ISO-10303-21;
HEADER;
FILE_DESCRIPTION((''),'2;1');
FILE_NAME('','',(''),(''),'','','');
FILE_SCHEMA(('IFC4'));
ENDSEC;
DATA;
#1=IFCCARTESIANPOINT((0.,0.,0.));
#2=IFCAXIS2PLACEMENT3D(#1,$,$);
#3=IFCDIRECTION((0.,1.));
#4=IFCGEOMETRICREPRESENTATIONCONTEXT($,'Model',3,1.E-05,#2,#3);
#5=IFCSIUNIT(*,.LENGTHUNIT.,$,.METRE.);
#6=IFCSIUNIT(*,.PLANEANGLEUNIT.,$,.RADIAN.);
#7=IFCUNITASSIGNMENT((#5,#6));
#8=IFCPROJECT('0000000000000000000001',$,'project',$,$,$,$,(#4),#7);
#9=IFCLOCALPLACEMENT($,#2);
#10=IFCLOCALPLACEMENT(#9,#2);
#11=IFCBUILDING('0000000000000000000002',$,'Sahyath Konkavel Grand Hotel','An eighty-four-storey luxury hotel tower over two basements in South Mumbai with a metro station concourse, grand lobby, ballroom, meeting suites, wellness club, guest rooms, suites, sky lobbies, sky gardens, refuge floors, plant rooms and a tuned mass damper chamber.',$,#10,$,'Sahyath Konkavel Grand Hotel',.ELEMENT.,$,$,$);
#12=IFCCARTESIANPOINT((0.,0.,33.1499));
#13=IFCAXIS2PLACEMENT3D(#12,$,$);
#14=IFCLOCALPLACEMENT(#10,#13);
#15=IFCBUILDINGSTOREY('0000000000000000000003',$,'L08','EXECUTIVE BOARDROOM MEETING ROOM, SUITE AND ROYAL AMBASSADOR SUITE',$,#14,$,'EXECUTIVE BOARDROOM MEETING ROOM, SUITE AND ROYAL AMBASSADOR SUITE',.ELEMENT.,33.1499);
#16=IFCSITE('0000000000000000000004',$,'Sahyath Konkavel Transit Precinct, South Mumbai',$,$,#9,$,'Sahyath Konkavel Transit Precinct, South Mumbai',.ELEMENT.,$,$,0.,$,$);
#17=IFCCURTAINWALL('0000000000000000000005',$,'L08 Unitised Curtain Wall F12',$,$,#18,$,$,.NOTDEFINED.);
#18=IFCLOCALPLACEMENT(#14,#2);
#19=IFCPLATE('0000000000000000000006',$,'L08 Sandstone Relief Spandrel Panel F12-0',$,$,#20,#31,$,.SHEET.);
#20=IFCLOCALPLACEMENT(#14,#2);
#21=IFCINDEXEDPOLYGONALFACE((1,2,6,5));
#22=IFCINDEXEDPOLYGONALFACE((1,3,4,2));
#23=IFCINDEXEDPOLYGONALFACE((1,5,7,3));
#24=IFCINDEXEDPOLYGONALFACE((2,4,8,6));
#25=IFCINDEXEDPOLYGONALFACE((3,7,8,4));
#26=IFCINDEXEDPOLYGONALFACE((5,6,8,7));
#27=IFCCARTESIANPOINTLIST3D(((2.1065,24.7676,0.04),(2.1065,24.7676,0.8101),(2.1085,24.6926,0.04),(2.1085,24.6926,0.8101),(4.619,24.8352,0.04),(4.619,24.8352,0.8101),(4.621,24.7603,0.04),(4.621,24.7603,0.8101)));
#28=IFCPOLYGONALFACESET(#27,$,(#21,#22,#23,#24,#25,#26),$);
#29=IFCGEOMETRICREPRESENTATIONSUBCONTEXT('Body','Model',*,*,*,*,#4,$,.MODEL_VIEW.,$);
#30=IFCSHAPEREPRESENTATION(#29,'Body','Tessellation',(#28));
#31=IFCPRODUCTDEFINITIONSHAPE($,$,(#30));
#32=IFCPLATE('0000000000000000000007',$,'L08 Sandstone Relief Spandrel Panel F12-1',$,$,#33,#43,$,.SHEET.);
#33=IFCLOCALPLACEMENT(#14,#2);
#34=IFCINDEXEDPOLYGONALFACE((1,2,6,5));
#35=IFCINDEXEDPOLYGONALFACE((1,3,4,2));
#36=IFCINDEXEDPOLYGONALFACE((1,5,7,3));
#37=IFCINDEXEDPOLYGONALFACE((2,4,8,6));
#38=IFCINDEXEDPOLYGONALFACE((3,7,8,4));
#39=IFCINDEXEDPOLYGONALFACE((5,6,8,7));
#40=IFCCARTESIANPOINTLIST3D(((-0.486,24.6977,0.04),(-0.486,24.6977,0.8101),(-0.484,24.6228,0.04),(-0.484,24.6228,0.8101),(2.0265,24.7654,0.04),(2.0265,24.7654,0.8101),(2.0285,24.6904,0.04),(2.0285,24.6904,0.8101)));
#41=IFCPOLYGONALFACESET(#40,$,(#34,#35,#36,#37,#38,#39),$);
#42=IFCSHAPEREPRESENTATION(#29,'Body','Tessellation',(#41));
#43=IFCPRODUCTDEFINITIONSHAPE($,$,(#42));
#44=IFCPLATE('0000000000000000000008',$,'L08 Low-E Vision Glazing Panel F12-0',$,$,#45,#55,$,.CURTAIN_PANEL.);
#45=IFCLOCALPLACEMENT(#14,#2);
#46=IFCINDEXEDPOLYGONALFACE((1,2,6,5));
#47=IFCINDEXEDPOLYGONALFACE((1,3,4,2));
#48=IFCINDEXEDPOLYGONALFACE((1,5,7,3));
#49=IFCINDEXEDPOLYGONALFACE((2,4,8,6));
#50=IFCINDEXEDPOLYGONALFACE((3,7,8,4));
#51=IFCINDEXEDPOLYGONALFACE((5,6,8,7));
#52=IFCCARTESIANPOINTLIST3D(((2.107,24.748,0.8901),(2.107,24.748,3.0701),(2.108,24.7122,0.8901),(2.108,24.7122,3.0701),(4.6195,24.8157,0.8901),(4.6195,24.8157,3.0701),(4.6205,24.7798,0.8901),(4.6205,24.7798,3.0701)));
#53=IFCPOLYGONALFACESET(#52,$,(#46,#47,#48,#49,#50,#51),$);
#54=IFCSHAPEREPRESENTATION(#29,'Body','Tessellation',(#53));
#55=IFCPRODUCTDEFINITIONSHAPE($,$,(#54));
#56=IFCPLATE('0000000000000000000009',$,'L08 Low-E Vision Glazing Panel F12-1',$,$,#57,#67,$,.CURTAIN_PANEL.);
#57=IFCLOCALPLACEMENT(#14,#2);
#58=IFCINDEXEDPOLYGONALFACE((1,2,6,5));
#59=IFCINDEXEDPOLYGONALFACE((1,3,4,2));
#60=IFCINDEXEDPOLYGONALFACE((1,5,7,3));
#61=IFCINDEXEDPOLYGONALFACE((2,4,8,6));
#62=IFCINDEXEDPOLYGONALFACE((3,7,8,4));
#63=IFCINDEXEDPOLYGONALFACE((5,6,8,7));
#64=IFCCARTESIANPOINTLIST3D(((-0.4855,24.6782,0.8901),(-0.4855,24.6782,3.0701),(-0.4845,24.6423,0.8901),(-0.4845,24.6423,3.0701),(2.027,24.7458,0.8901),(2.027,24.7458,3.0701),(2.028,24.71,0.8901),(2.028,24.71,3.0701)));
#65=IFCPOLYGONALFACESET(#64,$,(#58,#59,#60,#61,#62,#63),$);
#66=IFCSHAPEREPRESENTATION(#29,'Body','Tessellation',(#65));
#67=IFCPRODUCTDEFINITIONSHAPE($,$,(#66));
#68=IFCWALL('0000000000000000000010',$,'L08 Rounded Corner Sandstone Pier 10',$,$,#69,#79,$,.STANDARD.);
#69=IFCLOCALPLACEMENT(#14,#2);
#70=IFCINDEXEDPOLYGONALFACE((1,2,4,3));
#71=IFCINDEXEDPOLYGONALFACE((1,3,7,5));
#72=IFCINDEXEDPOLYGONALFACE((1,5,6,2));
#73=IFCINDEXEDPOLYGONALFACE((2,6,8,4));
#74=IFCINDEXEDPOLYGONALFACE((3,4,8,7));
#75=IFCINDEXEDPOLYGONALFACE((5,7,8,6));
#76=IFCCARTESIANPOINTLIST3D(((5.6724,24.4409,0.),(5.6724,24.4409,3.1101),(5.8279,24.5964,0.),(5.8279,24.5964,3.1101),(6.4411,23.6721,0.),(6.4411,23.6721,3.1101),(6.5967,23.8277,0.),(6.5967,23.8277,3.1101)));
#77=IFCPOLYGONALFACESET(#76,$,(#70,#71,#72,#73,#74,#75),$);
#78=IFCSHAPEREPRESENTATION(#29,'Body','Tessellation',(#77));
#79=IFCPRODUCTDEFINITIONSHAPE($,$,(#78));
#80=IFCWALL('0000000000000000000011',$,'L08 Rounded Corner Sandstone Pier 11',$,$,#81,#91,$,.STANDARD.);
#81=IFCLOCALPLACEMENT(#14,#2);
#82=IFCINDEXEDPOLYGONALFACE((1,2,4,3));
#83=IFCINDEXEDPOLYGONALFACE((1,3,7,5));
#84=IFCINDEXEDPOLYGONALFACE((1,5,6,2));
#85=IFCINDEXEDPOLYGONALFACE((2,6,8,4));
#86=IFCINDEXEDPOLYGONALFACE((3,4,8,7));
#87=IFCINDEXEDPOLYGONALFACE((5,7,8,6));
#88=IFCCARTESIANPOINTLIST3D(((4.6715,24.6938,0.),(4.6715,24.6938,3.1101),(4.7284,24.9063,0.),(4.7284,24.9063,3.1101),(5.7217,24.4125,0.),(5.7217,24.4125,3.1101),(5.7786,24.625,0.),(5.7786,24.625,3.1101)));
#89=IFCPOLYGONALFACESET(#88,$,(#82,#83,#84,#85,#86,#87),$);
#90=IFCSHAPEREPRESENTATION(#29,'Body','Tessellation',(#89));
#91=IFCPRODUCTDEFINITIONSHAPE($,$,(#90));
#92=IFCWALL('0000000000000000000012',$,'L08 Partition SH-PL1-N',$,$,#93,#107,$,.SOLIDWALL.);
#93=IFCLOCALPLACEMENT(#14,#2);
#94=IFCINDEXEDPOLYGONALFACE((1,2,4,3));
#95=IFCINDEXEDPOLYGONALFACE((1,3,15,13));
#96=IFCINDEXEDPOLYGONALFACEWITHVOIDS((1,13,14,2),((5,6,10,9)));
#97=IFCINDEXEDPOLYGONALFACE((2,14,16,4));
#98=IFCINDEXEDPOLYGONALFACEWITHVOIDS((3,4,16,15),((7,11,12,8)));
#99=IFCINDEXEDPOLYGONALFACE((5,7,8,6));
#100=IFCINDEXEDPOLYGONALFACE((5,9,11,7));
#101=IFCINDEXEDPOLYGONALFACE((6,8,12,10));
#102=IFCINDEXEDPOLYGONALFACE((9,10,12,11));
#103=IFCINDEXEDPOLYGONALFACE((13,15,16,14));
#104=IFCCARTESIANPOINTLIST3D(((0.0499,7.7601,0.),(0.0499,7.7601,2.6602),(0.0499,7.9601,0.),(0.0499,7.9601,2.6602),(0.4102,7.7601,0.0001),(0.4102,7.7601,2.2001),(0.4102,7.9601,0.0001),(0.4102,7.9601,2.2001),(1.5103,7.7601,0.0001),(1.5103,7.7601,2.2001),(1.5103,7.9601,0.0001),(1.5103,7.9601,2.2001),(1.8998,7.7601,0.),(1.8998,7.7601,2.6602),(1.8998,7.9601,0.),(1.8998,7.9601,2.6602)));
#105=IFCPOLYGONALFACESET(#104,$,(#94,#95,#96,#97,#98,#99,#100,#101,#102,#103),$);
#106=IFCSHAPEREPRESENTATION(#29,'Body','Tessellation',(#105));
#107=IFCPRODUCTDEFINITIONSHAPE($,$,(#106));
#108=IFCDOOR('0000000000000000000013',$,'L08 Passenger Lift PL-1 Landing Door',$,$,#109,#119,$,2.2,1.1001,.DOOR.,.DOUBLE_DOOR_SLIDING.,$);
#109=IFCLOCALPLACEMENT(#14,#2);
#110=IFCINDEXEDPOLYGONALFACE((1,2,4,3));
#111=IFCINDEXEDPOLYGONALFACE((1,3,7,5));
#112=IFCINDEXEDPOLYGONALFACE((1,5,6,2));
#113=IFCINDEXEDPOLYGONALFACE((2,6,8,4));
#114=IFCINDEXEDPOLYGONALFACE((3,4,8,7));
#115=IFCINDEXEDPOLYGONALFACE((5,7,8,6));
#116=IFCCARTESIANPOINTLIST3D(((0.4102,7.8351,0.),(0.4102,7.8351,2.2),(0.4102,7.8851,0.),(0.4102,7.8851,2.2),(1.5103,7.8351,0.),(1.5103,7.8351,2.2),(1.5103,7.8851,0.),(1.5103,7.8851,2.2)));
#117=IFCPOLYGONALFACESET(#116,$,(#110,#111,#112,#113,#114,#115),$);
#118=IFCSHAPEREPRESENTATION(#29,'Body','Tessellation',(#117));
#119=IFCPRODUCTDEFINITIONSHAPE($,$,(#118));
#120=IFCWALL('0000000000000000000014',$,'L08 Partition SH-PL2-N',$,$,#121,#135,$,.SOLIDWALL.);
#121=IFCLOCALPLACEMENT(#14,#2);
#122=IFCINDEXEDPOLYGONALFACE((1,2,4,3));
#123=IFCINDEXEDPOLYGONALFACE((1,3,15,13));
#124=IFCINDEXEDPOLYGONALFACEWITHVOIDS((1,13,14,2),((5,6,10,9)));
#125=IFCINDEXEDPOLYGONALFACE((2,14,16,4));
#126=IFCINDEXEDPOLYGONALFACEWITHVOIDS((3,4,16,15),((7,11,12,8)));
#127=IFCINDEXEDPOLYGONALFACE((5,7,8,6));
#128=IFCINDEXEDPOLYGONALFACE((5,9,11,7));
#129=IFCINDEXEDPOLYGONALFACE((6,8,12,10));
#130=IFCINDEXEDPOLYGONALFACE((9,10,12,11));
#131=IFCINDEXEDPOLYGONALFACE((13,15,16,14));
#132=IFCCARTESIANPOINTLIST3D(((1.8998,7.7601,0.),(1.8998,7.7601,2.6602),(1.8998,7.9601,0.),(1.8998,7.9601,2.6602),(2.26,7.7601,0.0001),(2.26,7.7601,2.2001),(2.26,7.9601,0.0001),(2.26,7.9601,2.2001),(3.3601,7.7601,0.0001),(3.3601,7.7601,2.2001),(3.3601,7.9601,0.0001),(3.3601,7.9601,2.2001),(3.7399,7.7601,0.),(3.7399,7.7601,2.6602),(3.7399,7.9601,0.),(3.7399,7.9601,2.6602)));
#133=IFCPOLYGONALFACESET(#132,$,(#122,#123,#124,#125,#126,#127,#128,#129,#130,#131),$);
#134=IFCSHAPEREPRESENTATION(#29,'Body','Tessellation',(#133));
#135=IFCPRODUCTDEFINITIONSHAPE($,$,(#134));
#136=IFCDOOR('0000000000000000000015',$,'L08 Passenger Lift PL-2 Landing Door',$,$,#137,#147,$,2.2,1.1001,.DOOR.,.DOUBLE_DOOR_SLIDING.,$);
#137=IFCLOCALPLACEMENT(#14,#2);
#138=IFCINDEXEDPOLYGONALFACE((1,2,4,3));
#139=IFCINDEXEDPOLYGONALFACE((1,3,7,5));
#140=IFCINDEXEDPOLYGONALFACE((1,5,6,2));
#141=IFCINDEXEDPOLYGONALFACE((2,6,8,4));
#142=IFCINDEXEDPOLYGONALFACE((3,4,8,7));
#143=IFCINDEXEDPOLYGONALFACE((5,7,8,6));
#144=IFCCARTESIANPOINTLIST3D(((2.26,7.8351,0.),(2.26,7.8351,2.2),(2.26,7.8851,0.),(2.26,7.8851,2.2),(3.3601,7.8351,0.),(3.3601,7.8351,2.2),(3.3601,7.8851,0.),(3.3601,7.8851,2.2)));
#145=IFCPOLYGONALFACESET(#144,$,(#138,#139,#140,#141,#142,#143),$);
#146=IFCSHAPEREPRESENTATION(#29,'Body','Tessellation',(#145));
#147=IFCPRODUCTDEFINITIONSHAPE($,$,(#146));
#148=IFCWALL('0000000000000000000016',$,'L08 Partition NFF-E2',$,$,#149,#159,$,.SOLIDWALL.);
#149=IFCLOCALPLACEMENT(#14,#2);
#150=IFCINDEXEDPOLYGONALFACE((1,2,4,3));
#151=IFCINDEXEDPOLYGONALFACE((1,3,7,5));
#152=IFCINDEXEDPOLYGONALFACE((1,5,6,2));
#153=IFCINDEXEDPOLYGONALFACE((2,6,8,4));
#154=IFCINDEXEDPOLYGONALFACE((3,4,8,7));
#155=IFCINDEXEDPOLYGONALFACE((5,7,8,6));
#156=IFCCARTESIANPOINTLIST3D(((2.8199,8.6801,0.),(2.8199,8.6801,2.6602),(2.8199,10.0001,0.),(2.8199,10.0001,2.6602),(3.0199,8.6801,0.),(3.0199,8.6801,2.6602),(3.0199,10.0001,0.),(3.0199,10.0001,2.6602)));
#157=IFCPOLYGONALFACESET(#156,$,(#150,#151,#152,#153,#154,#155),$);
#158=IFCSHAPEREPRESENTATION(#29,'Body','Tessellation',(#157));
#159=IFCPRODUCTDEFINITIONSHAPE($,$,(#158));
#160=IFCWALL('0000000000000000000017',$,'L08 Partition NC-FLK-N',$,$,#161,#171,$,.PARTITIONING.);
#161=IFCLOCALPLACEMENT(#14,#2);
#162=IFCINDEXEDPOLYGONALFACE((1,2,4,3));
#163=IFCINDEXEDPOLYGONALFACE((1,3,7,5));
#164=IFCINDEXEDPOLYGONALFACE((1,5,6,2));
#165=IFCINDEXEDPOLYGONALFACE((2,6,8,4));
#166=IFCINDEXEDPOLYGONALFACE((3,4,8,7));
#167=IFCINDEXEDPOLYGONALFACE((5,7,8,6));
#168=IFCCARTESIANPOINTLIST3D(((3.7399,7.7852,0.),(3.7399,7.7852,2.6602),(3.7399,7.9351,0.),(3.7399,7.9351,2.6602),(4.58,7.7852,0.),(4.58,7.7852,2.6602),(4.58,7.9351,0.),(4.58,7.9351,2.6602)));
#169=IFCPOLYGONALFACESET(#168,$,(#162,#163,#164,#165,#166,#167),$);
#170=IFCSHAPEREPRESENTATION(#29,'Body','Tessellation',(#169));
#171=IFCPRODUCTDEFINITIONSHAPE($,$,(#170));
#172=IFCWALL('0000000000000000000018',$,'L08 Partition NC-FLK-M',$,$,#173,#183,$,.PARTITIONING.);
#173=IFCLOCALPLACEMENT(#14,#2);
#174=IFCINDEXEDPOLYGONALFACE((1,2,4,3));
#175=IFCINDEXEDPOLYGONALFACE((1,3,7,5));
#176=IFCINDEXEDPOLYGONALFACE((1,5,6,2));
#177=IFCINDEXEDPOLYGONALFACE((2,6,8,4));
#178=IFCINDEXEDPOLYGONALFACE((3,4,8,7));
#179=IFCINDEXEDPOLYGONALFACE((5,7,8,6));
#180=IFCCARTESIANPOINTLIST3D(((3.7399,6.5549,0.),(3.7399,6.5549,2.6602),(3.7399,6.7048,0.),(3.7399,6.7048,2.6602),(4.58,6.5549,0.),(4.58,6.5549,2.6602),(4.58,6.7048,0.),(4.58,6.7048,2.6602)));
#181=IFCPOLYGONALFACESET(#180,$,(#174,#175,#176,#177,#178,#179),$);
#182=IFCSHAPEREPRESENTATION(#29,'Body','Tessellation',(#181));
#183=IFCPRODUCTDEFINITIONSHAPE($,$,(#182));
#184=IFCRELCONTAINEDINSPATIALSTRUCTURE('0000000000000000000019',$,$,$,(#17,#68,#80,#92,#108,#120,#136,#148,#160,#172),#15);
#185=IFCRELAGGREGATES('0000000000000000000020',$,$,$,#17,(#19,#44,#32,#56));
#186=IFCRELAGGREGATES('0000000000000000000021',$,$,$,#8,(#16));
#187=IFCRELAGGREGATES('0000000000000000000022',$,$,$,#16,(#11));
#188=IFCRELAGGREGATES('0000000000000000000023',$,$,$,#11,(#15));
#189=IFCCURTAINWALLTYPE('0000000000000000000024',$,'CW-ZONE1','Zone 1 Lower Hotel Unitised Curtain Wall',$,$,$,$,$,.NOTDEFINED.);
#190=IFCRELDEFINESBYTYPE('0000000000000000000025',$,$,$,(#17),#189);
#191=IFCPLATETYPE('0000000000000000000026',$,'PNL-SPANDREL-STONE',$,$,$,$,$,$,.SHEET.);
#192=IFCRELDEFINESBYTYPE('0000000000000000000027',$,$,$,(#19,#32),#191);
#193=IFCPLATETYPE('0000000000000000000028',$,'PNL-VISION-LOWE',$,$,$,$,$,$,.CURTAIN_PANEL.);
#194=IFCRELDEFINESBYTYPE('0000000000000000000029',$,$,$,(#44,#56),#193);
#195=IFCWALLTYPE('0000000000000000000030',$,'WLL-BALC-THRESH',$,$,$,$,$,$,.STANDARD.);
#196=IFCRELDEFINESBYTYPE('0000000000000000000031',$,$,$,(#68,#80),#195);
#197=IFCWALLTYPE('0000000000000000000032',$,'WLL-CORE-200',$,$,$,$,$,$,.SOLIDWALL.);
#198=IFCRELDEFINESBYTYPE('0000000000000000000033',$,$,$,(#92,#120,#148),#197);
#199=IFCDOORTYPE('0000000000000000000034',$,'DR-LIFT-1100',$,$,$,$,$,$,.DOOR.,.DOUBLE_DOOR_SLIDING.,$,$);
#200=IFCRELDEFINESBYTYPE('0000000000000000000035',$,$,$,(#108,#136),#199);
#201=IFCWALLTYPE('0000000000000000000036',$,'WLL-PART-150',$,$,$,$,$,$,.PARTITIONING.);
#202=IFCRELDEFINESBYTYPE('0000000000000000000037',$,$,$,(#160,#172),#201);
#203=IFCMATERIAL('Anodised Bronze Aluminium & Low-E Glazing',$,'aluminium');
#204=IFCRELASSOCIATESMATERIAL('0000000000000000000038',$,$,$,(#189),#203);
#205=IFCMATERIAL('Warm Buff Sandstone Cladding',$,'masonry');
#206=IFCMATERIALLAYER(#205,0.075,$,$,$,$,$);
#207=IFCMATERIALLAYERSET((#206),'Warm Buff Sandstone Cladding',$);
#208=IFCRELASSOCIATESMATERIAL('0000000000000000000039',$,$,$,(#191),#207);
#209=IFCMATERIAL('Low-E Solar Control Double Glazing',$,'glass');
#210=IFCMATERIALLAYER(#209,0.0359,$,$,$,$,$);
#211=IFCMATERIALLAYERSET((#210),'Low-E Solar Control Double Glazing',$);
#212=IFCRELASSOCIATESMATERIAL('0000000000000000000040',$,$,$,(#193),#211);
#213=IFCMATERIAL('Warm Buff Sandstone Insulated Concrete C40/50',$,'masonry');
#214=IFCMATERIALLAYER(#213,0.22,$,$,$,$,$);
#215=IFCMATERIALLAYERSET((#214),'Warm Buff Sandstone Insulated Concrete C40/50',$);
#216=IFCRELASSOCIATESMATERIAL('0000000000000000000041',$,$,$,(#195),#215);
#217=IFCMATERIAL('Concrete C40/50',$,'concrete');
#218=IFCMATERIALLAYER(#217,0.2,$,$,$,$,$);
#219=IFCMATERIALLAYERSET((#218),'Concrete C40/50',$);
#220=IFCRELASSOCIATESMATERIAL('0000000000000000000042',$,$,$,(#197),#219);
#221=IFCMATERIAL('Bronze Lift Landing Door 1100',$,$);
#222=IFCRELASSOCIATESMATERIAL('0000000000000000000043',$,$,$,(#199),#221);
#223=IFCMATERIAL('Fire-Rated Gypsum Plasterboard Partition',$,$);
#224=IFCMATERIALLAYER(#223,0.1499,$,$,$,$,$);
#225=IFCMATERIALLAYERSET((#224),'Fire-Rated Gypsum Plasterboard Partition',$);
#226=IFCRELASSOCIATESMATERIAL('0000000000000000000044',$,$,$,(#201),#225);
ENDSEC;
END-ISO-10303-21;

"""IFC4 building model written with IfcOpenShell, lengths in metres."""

from ifc_helpers import new_model, si_unit, direction, frame, frame_2d, origin, origin_2d, place, context, subcontext, project, spatial, rectangle, extrude, source, transform, mapped, material, layer, layer_set, type_object, element, fill, aggregate, save


model = new_model("IFC4")

# Units and contexts
model_context = context("Model", 3, precision=1e-05, world=origin(), true_north=direction((0.0, 1.0)))
body_context = subcontext(model_context, "Body", "Model", "MODEL_VIEW")
ifc_project = project(units=[si_unit("LENGTHUNIT", "METRE"), si_unit("PLANEANGLEUNIT", "RADIAN")], contexts=[model_context])

# Site, building, storey
site_placement = place(None, origin())
site = spatial("IfcSite", under=ifc_project, at=site_placement, Name="Sahyath Konkavel Transit Precinct, South Mumbai", LongName="Sahyath Konkavel Transit Precinct, South Mumbai", CompositionType="ELEMENT", RefElevation=0.0)
building_placement = place(site_placement, origin())
building = spatial("IfcBuilding", under=site, at=building_placement, Name="Sahyath Konkavel Grand Hotel", Description="An eighty-four-storey luxury hotel tower over two basements in South Mumbai with a metro station concourse, grand lobby, ballroom, meeting suites, wellness club, guest rooms, suites, sky lobbies, sky gardens, refuge floors, plant rooms and a tuned mass damper chamber.", LongName="Sahyath Konkavel Grand Hotel", CompositionType="ELEMENT")
storey_placement = place(building_placement, frame((0.0, 0.0, 33.1499)))
storey = spatial("IfcBuildingStorey", under=building, at=storey_placement, Name="L08", Description="EXECUTIVE BOARDROOM MEETING ROOM, SUITE AND ROYAL AMBASSADOR SUITE", LongName="EXECUTIVE BOARDROOM MEETING ROOM, SUITE AND ROYAL AMBASSADOR SUITE", CompositionType="ELEMENT", Elevation=33.1499)

# Curtain wall, plates
ifc_material_1 = material(Name="Anodised Bronze Aluminium & Low-E Glazing", Category="aluminium")
curtain_wall_type = type_object("IfcCurtainWallType", Name="CW-ZONE1", Description="Zone 1 Lower Hotel Unitised Curtain Wall", PredefinedType="NOTDEFINED", material=ifc_material_1)
curtain_wall_placement = place(storey_placement, origin())
curtain_wall = element("IfcCurtainWall", 1, at=curtain_wall_placement, inside=storey, type_object=curtain_wall_type, Name="L08 Unitised Curtain Wall F12", PredefinedType="NOTDEFINED")
ifc_material_2 = material(Name="Warm Buff Sandstone Cladding", Category="masonry")
ifc_layer_1 = layer(ifc_material_2, 0.075)
ifc_layer_set_1 = layer_set([ifc_layer_1], Name="Warm Buff Sandstone Cladding")
plate_type_1 = type_object("IfcPlateType", Name="PNL-SPANDREL-STONE", PredefinedType="SHEET", material=ifc_layer_set_1)
shared_shape_1 = source(origin(), body_context, "Body", "SweptSolid", [
    extrude(rectangle(XDim=2.5134, YDim=0.075, at=origin_2d()), origin(), (0.0, 0.0, 1.0), 0.77),
])
plate_1_placement = place(storey_placement, frame((3.3638, 24.7639, 0.04), z_axis=(0.0, 0.0, 1.0), x_axis=(-0.999638, -0.02691, 0.0)))
plate_1 = element("IfcPlate", 2, at=plate_1_placement, type_object=plate_type_1, Name="L08 Sandstone Relief Spandrel Panel F12-0", PredefinedType="SHEET", context=body_context, shape_type="MappedRepresentation", body=[
    mapped(shared_shape_1, transform((0.0, 0.0, 0.0), scale=1.0)),
])
plate_2_placement = place(storey_placement, frame((0.7712, 24.6941, 0.04), z_axis=(0.0, 0.0, 1.0), x_axis=(-0.999638, -0.02691, 0.0)))
plate_2 = element("IfcPlate", 3, at=plate_2_placement, type_object=plate_type_1, Name="L08 Sandstone Relief Spandrel Panel F12-1", PredefinedType="SHEET", context=body_context, shape_type="MappedRepresentation", body=[
    mapped(shared_shape_1, transform((0.0, 0.0, 0.0), scale=1.0)),
])
ifc_material_3 = material(Name="Low-E Solar Control Double Glazing", Category="glass")
ifc_layer_2 = layer(ifc_material_3, 0.0359)
ifc_layer_set_2 = layer_set([ifc_layer_2], Name="Low-E Solar Control Double Glazing")
plate_type_2 = type_object("IfcPlateType", Name="PNL-VISION-LOWE", PredefinedType="CURTAIN_PANEL", material=ifc_layer_set_2)
shared_shape_2 = source(origin(), body_context, "Body", "SweptSolid", [
    extrude(rectangle(XDim=2.5134, YDim=0.0359, at=origin_2d()), origin(), (0.0, 0.0, 1.0), 2.1799),
])
plate_3_placement = place(storey_placement, frame((3.3638, 24.7639, 0.8901), z_axis=(0.0, 0.0, 1.0), x_axis=(-0.999638, -0.02691, 0.0)))
plate_3 = element("IfcPlate", 4, at=plate_3_placement, type_object=plate_type_2, Name="L08 Low-E Vision Glazing Panel F12-0", PredefinedType="CURTAIN_PANEL", context=body_context, shape_type="MappedRepresentation", body=[
    mapped(shared_shape_2, transform((0.0, 0.0, 0.0), scale=1.0)),
])
plate_4_placement = place(storey_placement, frame((0.7712, 24.6941, 0.8901), z_axis=(0.0, 0.0, 1.0), x_axis=(-0.999638, -0.02691, 0.0)))
plate_4 = element("IfcPlate", 5, at=plate_4_placement, type_object=plate_type_2, Name="L08 Low-E Vision Glazing Panel F12-1", PredefinedType="CURTAIN_PANEL", context=body_context, shape_type="MappedRepresentation", body=[
    mapped(shared_shape_2, transform((0.0, 0.0, 0.0), scale=1.0)),
])
aggregate(curtain_wall, [plate_1, plate_3, plate_2, plate_4])

# Walls
ifc_material_4 = material(Name="Warm Buff Sandstone Insulated Concrete C40/50", Category="masonry")
ifc_layer_3 = layer(ifc_material_4, 0.22)
ifc_layer_set_3 = layer_set([ifc_layer_3], Name="Warm Buff Sandstone Insulated Concrete C40/50")
wall_type_1 = type_object("IfcWallType", Name="WLL-BALC-THRESH", PredefinedType="STANDARD", material=ifc_layer_set_3)
for number, where, z_axis, x_axis, name in (
    (6, (6.5188, 23.75, 0.0), (0.0, 0.0, 1.0), (-0.707107, 0.707107, 0.0), "L08 Rounded Corner Sandstone Pier 10"),
    (7, (5.75, 24.5188, 0.0), (0.0, 0.0, 1.0), (-0.965951, 0.258725, 0.0), "L08 Rounded Corner Sandstone Pier 11"),
):
    element("IfcWall", number, at=place(storey_placement, frame(where, z_axis=z_axis, x_axis=x_axis)), inside=storey, type_object=wall_type_1, Name=name, PredefinedType="STANDARD", context=body_context, shape_type="SweptSolid", body=[
        extrude(rectangle(XDim=1.0872, YDim=0.22, at=frame_2d((0.5435, 0.0))), origin(), (0.0, 0.0, 1.0), 3.1101),
    ])

# Walls, openings, doors
ifc_material_5 = material(Name="Concrete C40/50", Category="concrete")
ifc_layer_4 = layer(ifc_material_5, 0.2)
ifc_layer_set_4 = layer_set([ifc_layer_4], Name="Concrete C40/50")
wall_type_2 = type_object("IfcWallType", Name="WLL-CORE-200", PredefinedType="SOLIDWALL", material=ifc_layer_set_4)
wall_1_placement = place(storey_placement, frame((0.05, 7.8601, 0.0), z_axis=(0.0, 0.0, 1.0), x_axis=(1.0, 0.0, 0.0)))
wall_1 = element("IfcWall", 8, at=wall_1_placement, inside=storey, type_object=wall_type_2, Name="L08 Partition SH-PL1-N", PredefinedType="SOLIDWALL", context=body_context, shape_type="SweptSolid", body=[
    extrude(rectangle(XDim=1.8499, YDim=0.2, at=frame_2d((0.9248, 0.0))), origin(), (0.0, 0.0, 1.0), 2.6602),
])
opening_1_placement = place(wall_1_placement, frame((0.3601, 0.0, 0.0)))
opening_1 = element("IfcOpeningElement", 9, at=opening_1_placement, cuts=wall_1, PredefinedType="OPENING", context=body_context, shape_type="SweptSolid", body=[
    extrude(rectangle(XDim=1.1001, YDim=2.2, at=frame_2d((0.55, 1.1001))), frame((0.0, 0.1099, 0.0), z_axis=(0.0, -1.0, 0.0), x_axis=(1.0, 0.0, 0.0)), (0.0, 0.0, 1.0), 0.22),
])
ifc_material_6 = material(Name="Bronze Lift Landing Door 1100")
door_type_1 = type_object("IfcDoorType", Name="DR-LIFT-1100", OperationType="DOUBLE_DOOR_SLIDING", PredefinedType="DOOR", material=ifc_material_6)
shared_shape_3 = source(origin(), body_context, "Body", "SweptSolid", [
    extrude(rectangle(XDim=1.1001, YDim=0.05, at=origin_2d()), origin(), (0.0, 0.0, 1.0), 2.2),
])
door_1_placement = place(opening_1_placement, frame((0.55, 0.0, 0.0)))
door_1 = element("IfcDoor", 10, at=door_1_placement, inside=storey, type_object=door_type_1, Name="L08 Passenger Lift PL-1 Landing Door", OperationType="DOUBLE_DOOR_SLIDING", OverallHeight=2.2, OverallWidth=1.1001, PredefinedType="DOOR", context=body_context, shape_type="MappedRepresentation", body=[
    mapped(shared_shape_3, transform((0.0, 0.0, 0.0), scale=1.0)),
])
fill(opening_1, door_1)
wall_2_placement = place(storey_placement, frame((1.8999, 7.8601, 0.0), z_axis=(0.0, 0.0, 1.0), x_axis=(1.0, 0.0, 0.0)))
wall_2 = element("IfcWall", 11, at=wall_2_placement, inside=storey, type_object=wall_type_2, Name="L08 Partition SH-PL2-N", PredefinedType="SOLIDWALL", context=body_context, shape_type="SweptSolid", body=[
    extrude(rectangle(XDim=1.8401, YDim=0.2, at=frame_2d((0.9199, 0.0))), origin(), (0.0, 0.0, 1.0), 2.6602),
])
opening_2_placement = place(wall_2_placement, frame((0.3601, 0.0, 0.0)))
opening_2 = element("IfcOpeningElement", 12, at=opening_2_placement, cuts=wall_2, PredefinedType="OPENING", context=body_context, shape_type="SweptSolid", body=[
    extrude(rectangle(XDim=1.1001, YDim=2.2, at=frame_2d((0.55, 1.1001))), frame((0.0, 0.1099, 0.0), z_axis=(0.0, -1.0, 0.0), x_axis=(1.0, 0.0, 0.0)), (0.0, 0.0, 1.0), 0.22),
])
door_2_placement = place(opening_2_placement, frame((0.55, 0.0, 0.0)))
door_2 = element("IfcDoor", 13, at=door_2_placement, inside=storey, type_object=door_type_1, Name="L08 Passenger Lift PL-2 Landing Door", OperationType="DOUBLE_DOOR_SLIDING", OverallHeight=2.2, OverallWidth=1.1001, PredefinedType="DOOR", context=body_context, shape_type="MappedRepresentation", body=[
    mapped(shared_shape_3, transform((0.0, 0.0, 0.0), scale=1.0)),
])
fill(opening_2, door_2)

# Walls
wall_3_placement = place(storey_placement, frame((2.9199, 8.6799, 0.0), z_axis=(0.0, 0.0, 1.0), x_axis=(0.0, 1.0, 0.0)))
element("IfcWall", 14, at=wall_3_placement, inside=storey, type_object=wall_type_2, Name="L08 Partition NFF-E2", PredefinedType="SOLIDWALL", context=body_context, shape_type="SweptSolid", body=[
    extrude(rectangle(XDim=1.3201, YDim=0.2, at=frame_2d((0.6602, 0.0))), origin(), (0.0, 0.0, 1.0), 2.6602),
])
ifc_material_7 = material(Name="Fire-Rated Gypsum Plasterboard Partition")
ifc_layer_5 = layer(ifc_material_7, 0.1499)
ifc_layer_set_5 = layer_set([ifc_layer_5], Name="Fire-Rated Gypsum Plasterboard Partition")
wall_type_3 = type_object("IfcWallType", Name="WLL-PART-150", PredefinedType="PARTITIONING", material=ifc_layer_set_5)
for number, where, z_axis, x_axis, name in (
    (15, (3.74, 7.8601, 0.0), (0.0, 0.0, 1.0), (1.0, 0.0, 0.0), "L08 Partition NC-FLK-N"),
    (16, (3.74, 6.6299, 0.0), (0.0, 0.0, 1.0), (1.0, 0.0, 0.0), "L08 Partition NC-FLK-M"),
):
    element("IfcWall", number, at=place(storey_placement, frame(where, z_axis=z_axis, x_axis=x_axis)), inside=storey, type_object=wall_type_3, Name=name, PredefinedType="PARTITIONING", context=body_context, shape_type="SweptSolid", body=[
        extrude(rectangle(XDim=0.8401, YDim=0.1499, at=frame_2d((0.4199, 0.0))), origin(), (0.0, 0.0, 1.0), 2.6602),
    ])

save(model, "model.ifc")
